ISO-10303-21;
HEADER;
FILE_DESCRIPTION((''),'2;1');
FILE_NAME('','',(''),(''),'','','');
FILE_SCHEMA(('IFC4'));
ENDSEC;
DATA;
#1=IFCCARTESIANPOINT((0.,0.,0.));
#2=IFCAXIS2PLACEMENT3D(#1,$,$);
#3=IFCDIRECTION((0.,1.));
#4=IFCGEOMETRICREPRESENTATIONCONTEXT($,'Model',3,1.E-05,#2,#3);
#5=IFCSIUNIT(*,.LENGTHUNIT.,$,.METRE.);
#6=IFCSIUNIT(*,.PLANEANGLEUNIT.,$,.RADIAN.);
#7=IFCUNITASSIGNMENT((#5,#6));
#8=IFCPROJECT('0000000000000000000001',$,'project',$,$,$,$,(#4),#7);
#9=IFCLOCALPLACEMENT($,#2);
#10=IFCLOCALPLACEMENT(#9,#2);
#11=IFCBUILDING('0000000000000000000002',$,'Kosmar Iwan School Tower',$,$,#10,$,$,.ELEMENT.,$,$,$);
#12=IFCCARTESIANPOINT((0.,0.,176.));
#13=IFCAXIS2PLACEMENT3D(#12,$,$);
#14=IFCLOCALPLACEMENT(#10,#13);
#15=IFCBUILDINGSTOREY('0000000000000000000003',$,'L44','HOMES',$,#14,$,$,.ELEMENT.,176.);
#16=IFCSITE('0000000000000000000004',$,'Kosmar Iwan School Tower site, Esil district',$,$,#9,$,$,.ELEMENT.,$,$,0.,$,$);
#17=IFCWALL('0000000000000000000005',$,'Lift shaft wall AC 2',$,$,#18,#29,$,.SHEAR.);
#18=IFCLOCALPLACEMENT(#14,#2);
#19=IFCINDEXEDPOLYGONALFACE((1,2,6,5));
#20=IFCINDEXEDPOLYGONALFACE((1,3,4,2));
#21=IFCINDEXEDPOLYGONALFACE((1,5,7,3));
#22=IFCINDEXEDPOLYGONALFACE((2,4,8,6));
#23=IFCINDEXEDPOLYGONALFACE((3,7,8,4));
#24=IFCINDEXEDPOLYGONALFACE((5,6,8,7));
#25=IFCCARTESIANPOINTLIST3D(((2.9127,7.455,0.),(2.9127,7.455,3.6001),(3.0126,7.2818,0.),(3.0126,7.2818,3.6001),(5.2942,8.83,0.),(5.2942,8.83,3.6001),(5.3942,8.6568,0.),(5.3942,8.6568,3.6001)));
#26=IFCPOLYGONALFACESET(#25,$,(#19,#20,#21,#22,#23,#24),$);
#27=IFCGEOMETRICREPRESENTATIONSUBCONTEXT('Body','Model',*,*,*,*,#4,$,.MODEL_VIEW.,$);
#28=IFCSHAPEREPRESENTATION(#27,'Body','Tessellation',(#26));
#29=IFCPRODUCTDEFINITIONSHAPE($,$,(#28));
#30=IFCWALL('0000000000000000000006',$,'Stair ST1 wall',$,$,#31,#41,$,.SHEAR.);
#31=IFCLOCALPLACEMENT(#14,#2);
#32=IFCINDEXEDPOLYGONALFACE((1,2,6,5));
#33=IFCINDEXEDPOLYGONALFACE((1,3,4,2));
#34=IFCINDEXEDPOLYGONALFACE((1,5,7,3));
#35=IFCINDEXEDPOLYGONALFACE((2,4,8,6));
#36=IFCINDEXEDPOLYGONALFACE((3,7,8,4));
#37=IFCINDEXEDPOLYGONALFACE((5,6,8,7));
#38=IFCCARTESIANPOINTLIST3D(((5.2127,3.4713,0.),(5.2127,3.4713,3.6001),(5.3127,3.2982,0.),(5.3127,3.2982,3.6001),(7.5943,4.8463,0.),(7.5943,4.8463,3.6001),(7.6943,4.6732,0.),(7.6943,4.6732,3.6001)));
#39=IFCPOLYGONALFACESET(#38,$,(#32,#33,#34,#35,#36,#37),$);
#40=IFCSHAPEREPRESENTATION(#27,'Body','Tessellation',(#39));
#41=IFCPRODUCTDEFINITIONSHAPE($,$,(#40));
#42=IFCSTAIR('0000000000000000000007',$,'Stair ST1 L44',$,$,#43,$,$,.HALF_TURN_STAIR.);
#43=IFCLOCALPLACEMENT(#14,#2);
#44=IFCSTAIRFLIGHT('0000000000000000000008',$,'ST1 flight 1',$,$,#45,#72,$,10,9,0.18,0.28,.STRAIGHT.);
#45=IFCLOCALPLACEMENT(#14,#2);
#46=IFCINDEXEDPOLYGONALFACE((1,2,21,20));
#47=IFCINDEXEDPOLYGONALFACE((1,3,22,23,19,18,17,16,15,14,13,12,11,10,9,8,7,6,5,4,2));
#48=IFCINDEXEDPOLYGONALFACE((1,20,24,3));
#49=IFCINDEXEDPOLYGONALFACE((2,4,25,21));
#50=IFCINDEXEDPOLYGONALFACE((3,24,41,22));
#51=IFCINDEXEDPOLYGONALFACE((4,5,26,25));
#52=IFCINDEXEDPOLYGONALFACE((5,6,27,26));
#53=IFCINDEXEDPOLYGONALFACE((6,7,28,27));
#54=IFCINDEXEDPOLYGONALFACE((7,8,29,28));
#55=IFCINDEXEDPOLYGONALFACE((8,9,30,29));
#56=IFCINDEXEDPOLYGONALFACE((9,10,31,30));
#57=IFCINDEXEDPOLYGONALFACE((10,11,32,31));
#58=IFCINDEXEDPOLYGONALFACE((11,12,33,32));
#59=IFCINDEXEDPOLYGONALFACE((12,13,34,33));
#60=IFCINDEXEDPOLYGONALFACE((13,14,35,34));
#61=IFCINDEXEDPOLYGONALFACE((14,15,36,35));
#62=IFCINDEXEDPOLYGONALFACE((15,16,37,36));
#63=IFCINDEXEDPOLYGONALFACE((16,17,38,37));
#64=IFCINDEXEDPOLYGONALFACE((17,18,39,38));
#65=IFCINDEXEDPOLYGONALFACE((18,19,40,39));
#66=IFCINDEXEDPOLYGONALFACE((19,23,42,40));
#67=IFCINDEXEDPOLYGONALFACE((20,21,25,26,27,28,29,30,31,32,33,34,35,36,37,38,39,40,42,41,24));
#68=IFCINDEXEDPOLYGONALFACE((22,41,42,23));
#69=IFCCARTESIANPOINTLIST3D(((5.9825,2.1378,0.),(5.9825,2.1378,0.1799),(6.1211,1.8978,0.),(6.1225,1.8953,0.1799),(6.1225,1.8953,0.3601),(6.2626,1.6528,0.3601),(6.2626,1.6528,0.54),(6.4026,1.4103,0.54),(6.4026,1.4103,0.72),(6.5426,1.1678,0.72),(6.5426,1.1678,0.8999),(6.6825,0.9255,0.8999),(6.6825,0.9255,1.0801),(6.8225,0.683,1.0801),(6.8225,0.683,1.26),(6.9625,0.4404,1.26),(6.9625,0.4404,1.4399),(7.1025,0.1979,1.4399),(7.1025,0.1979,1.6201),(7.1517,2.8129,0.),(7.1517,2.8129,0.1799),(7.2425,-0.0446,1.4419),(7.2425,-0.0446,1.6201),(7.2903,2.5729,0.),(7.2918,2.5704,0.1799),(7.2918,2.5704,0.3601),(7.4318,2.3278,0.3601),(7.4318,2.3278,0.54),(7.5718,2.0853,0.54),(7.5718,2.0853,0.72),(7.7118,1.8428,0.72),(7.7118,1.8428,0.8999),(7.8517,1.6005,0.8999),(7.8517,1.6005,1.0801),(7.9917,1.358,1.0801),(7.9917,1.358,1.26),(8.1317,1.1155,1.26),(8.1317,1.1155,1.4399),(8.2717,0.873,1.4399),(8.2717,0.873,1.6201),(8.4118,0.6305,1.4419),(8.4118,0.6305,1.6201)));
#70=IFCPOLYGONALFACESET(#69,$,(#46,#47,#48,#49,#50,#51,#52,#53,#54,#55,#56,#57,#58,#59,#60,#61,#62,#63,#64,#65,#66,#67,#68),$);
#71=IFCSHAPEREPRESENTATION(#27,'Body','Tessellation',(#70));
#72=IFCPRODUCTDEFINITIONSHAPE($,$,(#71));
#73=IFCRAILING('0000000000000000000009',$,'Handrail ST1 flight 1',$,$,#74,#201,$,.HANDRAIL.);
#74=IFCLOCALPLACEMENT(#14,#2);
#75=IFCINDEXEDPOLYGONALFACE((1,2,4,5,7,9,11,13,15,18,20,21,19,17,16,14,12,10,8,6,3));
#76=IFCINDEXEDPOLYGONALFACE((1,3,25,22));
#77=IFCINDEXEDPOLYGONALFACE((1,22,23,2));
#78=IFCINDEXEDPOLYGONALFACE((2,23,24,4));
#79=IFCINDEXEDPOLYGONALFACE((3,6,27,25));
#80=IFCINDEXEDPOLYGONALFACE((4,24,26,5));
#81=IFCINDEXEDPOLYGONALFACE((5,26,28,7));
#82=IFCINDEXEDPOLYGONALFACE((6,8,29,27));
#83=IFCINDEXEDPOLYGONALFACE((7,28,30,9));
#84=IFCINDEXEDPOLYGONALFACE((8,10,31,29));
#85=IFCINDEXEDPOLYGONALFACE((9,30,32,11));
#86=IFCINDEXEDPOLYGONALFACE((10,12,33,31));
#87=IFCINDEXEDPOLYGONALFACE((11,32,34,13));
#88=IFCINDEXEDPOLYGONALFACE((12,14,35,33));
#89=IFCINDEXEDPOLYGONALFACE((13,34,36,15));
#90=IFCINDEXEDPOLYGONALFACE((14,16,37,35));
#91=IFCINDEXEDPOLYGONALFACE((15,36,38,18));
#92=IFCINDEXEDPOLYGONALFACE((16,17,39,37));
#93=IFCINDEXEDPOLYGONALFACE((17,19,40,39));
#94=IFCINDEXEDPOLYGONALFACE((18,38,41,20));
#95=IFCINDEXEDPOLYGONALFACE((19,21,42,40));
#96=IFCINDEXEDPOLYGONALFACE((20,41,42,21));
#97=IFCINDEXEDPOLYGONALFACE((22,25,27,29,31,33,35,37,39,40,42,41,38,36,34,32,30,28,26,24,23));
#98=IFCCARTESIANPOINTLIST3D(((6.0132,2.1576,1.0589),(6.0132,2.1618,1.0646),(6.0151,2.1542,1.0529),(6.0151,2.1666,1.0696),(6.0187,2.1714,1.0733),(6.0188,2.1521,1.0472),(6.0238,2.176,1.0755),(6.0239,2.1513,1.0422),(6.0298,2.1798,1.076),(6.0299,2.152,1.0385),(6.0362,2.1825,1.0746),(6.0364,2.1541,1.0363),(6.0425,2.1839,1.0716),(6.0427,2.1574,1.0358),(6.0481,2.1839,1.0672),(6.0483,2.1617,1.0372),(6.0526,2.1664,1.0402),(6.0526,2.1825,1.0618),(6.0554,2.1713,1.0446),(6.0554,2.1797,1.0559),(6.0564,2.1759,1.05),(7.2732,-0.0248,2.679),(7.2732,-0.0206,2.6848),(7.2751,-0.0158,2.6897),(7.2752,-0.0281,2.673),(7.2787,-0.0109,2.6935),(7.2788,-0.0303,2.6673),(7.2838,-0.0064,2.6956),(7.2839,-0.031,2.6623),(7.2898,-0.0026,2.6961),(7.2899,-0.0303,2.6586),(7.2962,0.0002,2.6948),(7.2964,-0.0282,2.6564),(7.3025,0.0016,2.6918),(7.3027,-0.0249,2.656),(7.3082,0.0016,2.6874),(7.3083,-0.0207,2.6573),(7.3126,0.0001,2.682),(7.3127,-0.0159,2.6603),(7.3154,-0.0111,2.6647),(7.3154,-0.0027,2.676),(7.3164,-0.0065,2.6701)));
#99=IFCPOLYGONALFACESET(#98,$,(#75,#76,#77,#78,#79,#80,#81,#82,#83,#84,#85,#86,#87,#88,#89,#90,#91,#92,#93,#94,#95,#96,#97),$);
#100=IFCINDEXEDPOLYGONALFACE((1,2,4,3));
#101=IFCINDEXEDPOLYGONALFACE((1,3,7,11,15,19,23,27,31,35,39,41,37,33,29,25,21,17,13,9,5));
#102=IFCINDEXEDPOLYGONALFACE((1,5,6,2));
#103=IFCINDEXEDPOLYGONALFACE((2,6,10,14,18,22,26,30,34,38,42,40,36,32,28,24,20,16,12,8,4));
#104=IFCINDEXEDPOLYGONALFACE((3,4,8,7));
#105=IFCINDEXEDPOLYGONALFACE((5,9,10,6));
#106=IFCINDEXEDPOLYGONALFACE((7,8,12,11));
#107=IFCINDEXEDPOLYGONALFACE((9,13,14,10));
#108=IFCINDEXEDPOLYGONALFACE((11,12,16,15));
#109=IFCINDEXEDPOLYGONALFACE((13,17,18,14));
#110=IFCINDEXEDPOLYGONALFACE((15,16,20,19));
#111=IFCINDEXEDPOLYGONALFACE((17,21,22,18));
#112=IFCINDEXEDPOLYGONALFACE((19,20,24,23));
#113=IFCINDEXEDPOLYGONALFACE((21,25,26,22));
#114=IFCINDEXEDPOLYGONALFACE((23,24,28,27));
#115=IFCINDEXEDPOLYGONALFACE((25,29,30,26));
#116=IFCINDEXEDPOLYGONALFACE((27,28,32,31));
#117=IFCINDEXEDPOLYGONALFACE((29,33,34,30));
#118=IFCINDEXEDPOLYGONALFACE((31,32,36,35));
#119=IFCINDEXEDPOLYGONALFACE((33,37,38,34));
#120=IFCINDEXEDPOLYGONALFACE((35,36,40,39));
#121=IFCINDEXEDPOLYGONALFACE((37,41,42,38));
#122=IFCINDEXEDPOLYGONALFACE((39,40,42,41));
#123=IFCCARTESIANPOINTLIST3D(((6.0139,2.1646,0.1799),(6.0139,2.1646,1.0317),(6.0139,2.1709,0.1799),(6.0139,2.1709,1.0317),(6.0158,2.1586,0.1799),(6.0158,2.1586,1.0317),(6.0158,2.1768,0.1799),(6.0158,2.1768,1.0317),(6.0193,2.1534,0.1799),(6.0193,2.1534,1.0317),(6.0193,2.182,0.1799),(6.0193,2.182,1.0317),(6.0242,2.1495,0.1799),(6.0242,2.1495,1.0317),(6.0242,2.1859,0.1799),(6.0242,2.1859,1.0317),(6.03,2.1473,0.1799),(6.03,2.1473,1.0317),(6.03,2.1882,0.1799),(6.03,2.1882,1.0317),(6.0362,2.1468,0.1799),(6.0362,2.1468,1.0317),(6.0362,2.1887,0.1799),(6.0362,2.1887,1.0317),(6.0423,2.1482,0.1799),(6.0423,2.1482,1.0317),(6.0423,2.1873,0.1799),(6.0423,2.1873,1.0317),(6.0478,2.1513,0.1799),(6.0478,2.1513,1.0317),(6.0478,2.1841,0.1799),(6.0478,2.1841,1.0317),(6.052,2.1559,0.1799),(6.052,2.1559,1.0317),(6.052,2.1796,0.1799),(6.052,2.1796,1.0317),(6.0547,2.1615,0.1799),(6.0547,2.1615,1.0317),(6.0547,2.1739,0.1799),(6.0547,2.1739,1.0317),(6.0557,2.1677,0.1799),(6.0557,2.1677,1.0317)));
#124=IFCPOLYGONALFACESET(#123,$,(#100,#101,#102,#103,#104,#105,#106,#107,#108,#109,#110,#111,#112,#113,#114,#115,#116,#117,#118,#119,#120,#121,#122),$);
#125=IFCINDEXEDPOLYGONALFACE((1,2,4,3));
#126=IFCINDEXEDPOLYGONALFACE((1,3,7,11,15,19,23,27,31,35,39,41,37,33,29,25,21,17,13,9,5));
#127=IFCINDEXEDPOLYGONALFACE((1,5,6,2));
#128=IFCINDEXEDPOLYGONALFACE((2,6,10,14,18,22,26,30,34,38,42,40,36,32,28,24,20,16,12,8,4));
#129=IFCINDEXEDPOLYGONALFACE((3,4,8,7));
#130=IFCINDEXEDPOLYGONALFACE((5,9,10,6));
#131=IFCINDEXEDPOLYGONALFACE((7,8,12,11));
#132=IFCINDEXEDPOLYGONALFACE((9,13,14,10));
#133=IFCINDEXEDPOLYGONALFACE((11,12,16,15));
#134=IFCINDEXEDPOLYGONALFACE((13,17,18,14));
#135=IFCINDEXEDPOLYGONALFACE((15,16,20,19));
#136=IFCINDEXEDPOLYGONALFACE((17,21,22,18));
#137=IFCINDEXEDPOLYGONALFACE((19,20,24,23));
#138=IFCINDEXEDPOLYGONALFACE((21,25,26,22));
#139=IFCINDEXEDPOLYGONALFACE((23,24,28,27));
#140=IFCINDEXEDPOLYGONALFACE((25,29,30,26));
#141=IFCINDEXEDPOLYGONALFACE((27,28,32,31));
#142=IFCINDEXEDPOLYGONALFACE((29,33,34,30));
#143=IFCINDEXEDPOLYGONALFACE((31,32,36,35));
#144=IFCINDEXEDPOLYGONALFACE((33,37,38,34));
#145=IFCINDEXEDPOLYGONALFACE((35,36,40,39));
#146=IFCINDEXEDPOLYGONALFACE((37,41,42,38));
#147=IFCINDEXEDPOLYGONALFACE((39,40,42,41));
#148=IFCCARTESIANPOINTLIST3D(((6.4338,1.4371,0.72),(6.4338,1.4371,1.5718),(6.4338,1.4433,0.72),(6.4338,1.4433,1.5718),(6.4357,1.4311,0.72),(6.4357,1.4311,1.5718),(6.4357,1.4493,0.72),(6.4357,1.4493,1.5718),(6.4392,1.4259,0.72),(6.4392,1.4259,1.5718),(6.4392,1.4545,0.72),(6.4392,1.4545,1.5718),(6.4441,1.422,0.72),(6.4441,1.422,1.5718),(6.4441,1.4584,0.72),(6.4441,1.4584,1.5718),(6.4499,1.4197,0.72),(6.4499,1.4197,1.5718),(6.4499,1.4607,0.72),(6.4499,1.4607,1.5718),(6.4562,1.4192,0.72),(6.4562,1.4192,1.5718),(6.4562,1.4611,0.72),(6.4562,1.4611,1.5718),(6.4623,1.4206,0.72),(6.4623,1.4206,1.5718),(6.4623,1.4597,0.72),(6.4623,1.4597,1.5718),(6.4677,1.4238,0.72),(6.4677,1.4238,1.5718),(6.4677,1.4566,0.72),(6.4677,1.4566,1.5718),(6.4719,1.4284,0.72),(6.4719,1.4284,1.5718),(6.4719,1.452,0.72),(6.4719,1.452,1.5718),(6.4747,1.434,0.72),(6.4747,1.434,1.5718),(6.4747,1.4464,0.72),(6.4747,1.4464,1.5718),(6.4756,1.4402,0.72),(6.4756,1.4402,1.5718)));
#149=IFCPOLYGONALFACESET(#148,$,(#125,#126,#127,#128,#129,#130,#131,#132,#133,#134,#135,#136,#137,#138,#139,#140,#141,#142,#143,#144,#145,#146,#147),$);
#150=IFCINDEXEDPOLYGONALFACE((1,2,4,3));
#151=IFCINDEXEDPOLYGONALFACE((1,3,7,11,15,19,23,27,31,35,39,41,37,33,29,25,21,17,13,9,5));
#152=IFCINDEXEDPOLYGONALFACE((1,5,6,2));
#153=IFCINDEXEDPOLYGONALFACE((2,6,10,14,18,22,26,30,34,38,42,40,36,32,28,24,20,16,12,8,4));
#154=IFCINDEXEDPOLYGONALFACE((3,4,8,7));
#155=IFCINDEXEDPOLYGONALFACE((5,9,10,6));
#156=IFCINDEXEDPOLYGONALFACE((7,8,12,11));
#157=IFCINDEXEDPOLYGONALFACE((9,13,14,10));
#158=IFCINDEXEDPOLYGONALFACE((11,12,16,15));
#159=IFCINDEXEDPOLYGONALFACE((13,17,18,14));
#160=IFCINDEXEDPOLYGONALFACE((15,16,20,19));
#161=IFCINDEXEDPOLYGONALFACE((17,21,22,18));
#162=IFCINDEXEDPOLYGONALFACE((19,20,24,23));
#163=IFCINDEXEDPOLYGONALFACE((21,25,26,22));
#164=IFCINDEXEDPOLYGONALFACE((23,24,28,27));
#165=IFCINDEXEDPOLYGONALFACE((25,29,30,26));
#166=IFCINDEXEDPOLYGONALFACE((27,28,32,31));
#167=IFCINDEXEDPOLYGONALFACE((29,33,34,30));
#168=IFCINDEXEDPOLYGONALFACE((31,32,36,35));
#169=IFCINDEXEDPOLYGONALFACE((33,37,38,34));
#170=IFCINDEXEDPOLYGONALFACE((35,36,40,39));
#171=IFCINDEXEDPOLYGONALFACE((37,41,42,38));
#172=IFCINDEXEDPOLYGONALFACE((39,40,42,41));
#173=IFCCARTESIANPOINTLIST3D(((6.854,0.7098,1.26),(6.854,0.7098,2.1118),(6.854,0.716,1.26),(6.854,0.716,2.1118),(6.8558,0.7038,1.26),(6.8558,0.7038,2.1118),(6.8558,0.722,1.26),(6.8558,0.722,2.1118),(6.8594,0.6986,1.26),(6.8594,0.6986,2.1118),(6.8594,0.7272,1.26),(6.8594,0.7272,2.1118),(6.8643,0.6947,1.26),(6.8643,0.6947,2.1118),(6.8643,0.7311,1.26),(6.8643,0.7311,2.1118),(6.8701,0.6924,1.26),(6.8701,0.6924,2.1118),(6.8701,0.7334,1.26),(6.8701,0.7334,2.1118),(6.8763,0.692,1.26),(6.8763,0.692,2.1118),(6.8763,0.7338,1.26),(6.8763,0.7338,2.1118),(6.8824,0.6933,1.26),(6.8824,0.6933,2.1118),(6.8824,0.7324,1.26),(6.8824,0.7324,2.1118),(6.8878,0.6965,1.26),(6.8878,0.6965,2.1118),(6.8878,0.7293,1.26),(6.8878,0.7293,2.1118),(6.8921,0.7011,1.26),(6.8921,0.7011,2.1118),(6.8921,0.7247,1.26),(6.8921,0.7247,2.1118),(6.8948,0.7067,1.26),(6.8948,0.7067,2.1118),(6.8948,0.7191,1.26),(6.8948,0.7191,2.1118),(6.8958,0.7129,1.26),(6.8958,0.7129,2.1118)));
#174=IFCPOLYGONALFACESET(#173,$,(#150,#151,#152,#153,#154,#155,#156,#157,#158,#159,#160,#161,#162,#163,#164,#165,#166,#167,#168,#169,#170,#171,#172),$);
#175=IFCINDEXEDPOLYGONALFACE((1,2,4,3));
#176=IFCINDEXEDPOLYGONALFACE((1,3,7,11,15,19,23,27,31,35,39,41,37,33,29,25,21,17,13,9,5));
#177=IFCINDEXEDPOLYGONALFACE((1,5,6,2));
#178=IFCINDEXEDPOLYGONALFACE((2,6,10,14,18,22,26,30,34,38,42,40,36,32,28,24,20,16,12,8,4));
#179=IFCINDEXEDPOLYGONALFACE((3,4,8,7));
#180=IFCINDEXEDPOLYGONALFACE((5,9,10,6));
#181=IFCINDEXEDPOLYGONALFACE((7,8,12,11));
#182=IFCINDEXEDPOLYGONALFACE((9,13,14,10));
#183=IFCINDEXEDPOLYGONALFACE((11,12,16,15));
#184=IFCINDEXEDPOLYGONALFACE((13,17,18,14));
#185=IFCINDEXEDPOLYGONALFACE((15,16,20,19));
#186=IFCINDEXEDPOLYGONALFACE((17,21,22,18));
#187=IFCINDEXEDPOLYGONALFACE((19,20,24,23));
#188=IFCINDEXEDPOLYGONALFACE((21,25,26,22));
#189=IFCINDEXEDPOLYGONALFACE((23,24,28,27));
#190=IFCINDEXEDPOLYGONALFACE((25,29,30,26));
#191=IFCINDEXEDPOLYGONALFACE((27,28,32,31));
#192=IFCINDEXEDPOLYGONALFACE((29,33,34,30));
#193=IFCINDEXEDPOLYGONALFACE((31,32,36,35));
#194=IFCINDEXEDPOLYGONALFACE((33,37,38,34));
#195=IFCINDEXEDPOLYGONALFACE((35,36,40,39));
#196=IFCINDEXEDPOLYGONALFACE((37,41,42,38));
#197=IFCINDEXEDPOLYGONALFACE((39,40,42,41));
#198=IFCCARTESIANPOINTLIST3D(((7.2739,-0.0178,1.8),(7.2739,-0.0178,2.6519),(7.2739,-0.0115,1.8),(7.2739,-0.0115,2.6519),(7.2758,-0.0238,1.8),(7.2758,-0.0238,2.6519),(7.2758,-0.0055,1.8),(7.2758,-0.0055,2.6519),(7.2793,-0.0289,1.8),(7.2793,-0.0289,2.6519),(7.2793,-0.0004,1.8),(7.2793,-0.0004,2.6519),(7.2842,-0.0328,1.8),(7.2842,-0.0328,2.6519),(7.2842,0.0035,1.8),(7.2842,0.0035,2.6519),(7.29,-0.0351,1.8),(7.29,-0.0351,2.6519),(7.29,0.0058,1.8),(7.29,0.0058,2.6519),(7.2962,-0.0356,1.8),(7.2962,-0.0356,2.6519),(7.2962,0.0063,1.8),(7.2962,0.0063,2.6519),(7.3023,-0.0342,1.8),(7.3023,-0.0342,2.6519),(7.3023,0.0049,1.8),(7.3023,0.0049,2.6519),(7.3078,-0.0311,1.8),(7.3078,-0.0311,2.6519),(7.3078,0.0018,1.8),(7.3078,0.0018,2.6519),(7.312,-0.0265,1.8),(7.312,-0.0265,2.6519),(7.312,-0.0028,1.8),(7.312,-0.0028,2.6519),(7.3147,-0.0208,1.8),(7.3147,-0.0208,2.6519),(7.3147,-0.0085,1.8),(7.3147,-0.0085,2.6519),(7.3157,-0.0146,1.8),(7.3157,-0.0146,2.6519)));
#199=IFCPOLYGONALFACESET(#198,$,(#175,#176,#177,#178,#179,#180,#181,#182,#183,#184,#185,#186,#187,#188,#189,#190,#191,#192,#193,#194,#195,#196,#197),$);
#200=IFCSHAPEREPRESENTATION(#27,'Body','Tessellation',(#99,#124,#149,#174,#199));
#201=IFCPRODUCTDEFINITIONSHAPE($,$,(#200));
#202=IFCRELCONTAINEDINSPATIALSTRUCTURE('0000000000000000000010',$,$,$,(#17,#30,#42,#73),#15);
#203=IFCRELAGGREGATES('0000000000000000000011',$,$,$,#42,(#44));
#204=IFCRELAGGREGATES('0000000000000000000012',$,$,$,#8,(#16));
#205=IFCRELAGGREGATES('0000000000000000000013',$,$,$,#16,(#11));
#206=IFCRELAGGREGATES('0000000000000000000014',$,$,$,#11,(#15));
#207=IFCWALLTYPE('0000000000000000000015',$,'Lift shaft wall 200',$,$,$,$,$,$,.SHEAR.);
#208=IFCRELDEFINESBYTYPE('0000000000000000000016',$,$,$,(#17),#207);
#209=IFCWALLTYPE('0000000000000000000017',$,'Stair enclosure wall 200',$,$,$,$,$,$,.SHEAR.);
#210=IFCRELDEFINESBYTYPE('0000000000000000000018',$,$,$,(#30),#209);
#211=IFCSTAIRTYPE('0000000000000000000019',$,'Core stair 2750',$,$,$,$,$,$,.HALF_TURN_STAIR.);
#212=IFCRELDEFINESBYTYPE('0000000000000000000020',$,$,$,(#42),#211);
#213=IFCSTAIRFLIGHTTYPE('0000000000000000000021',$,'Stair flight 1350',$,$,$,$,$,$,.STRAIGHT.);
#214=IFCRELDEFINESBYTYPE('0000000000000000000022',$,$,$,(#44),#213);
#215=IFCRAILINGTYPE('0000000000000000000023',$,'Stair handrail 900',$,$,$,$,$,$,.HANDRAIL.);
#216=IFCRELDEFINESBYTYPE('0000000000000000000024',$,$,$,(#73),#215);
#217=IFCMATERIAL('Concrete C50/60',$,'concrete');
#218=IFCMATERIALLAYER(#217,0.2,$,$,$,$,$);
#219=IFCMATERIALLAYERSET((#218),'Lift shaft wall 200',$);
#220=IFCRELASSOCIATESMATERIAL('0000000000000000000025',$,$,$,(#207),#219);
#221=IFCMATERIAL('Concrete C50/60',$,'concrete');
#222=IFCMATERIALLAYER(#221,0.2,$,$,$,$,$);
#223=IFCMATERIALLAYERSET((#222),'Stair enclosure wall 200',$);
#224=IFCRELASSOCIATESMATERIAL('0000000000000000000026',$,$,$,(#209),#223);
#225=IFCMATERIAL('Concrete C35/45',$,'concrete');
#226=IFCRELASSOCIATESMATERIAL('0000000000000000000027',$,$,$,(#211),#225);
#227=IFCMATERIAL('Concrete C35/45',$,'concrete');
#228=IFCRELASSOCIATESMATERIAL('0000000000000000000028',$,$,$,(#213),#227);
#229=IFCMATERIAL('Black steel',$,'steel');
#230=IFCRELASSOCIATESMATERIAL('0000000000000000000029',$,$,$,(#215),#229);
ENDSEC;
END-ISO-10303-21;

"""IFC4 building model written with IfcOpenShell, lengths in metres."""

from ifc_helpers import new_model, si_unit, direction, frame, frame_2d, origin, origin_2d, place, context, subcontext, project, spatial, polyline, rectangle, circle, outline, extrude, material, layer, layer_set, type_object, element, aggregate, save


model = new_model("IFC4")

# Units and contexts
model_context = context("Model", 3, precision=1e-05, world=origin(), true_north=direction((0.0, 1.0)))
body_context = subcontext(model_context, "Body", "Model", "MODEL_VIEW")
ifc_project = project(units=[si_unit("LENGTHUNIT", "METRE"), si_unit("PLANEANGLEUNIT", "RADIAN")], contexts=[model_context])

# Site, building, storey
site_placement = place(None, origin())
site = spatial("IfcSite", under=ifc_project, at=site_placement, Name="Kosmar Iwan School Tower site, Esil district", CompositionType="ELEMENT", RefElevation=0.0)
building_placement = place(site_placement, origin())
building = spatial("IfcBuilding", under=site, at=building_placement, Name="Kosmar Iwan School Tower", CompositionType="ELEMENT")
storey_placement = place(building_placement, frame((0.0, 0.0, 176.0)))
storey = spatial("IfcBuildingStorey", under=building, at=storey_placement, Name="L44", Description="HOMES", CompositionType="ELEMENT", Elevation=176.0)

# Walls
ifc_material_1 = material(Name="Concrete C50/60", Category="concrete")
ifc_layer_1 = layer(ifc_material_1, 0.2)
ifc_layer_set_1 = layer_set([ifc_layer_1], Name="Lift shaft wall 200")
wall_type_1 = type_object("IfcWallType", Name="Lift shaft wall 200", PredefinedType="SHEAR", material=ifc_layer_set_1)
for number, where, z_axis, x_axis, name in (
    (1, (2.9626, 7.3684, 0.0), (0.0, 0.0, 1.0), (0.866027, 0.499997, 0.0), "Lift shaft wall AC 2"),
):
    element("IfcWall", number, at=place(storey_placement, frame(where, z_axis=z_axis, x_axis=x_axis)), inside=storey, type_object=wall_type_1, Name=name, PredefinedType="SHEAR", context=body_context, shape_type="SweptSolid", body=[
        extrude(rectangle(XDim=2.75, YDim=0.2, at=frame_2d((1.375, 0.0))), origin(), (0.0, 0.0, 1.0), 3.6001),
    ])
ifc_material_2 = material(Name="Concrete C50/60", Category="concrete")
ifc_layer_2 = layer(ifc_material_2, 0.2)
ifc_layer_set_2 = layer_set([ifc_layer_2], Name="Stair enclosure wall 200")
wall_type_2 = type_object("IfcWallType", Name="Stair enclosure wall 200", PredefinedType="SHEAR", material=ifc_layer_set_2)
wall_1_placement = place(storey_placement, frame((5.2627, 3.3848, 0.0), z_axis=(0.0, 0.0, 1.0), x_axis=(0.866027, 0.499997, 0.0)))
element("IfcWall", 2, at=wall_1_placement, inside=storey, type_object=wall_type_2, Name="Stair ST1 wall", PredefinedType="SHEAR", context=body_context, shape_type="SweptSolid", body=[
    extrude(rectangle(XDim=2.75, YDim=0.2, at=frame_2d((1.375, 0.0))), origin(), (0.0, 0.0, 1.0), 3.6001),
])

# Stair, stair flight
ifc_material_3 = material(Name="Concrete C35/45", Category="concrete")
stair_type_1 = type_object("IfcStairType", Name="Core stair 2750", PredefinedType="HALF_TURN_STAIR", material=ifc_material_3)
stair_1_placement = place(storey_placement, origin())
stair_1 = element("IfcStair", 3, at=stair_1_placement, inside=storey, type_object=stair_type_1, Name="Stair ST1 L44", PredefinedType="HALF_TURN_STAIR")
ifc_material_4 = material(Name="Concrete C35/45", Category="concrete")
stair_flight_type = type_object("IfcStairFlightType", Name="Stair flight 1350", PredefinedType="STRAIGHT", material=ifc_material_4)
stair_flight_placement = place(storey_placement, frame((6.5671, 2.4753, 0.0), z_axis=(0.0, 0.0, 1.0), x_axis=(0.5, -0.866025, 0.0)))
stair_flight = element("IfcStairFlight", 4, at=stair_flight_placement, type_object=stair_flight_type, Name="ST1 flight 1", NumberOfRisers=10, NumberOfTreads=9, PredefinedType="STRAIGHT", RiserHeight=0.18, TreadLength=0.28, context=body_context, shape_type="SweptSolid", body=[
    extrude(outline(polyline([(0.0, 0.0), (0.0, 0.1799), (0.28, 0.1799), (0.28, 0.3601), (0.5601, 0.3601), (0.5601, 0.54), (0.8401, 0.54), (0.8401, 0.72), (1.1201, 0.72), (1.1201, 0.8999), (1.3999, 0.8999), (1.3999, 1.0801), (1.6799, 1.0801), (1.6799, 1.26), (1.96, 1.26), (1.96, 1.4399), (2.24, 1.4399), (2.24, 1.6201), (2.52, 1.6201), (2.52, 1.8), (2.52, 1.4419), (0.2771, 0.0), (0.0, 0.0)])), frame((0.0, 0.675, 0.0), z_axis=(0.0, -1.0, 0.0), x_axis=(1.0, 0.0, 0.0)), (0.0, 0.0, 1.0), 1.3501),
])
aggregate(stair_1, [stair_flight])

# Railing
ifc_material_5 = material(Name="Black steel", Category="steel")
railing_type = type_object("IfcRailingType", Name="Stair handrail 900", PredefinedType="HANDRAIL", material=ifc_material_5)
railing_placement = place(storey_placement, frame((6.0347, 2.1677, 0.1799)))
element("IfcRailing", 5, at=railing_placement, inside=storey, type_object=railing_type, Name="Handrail ST1 flight 1", PredefinedType="HANDRAIL", context=body_context, shape_type="SweptSolid", body=[
    extrude(circle(Radius=0.0239, at=origin_2d()), frame((0.0, 0.0, 0.876), z_axis=(0.420584, -0.728464, 0.540786), x_axis=(0.866023, 0.500005, 0.0)), (0.0, 0.0, 1.0), 2.9958),
    extrude(circle(Radius=0.021, at=origin_2d()), origin(), (0.0, 0.0, 1.0), 0.8518),
    extrude(circle(Radius=0.021, at=origin_2d()), frame((0.4199, -0.7275, 0.54)), (0.0, 0.0, 1.0), 0.8518),
    extrude(circle(Radius=0.021, at=origin_2d()), frame((0.8401, -1.4548, 1.0801)), (0.0, 0.0, 1.0), 0.8518),
    extrude(circle(Radius=0.021, at=origin_2d()), frame((1.26, -2.1824, 1.6201)), (0.0, 0.0, 1.0), 0.8518),
])

save(model, "model.ifc")
